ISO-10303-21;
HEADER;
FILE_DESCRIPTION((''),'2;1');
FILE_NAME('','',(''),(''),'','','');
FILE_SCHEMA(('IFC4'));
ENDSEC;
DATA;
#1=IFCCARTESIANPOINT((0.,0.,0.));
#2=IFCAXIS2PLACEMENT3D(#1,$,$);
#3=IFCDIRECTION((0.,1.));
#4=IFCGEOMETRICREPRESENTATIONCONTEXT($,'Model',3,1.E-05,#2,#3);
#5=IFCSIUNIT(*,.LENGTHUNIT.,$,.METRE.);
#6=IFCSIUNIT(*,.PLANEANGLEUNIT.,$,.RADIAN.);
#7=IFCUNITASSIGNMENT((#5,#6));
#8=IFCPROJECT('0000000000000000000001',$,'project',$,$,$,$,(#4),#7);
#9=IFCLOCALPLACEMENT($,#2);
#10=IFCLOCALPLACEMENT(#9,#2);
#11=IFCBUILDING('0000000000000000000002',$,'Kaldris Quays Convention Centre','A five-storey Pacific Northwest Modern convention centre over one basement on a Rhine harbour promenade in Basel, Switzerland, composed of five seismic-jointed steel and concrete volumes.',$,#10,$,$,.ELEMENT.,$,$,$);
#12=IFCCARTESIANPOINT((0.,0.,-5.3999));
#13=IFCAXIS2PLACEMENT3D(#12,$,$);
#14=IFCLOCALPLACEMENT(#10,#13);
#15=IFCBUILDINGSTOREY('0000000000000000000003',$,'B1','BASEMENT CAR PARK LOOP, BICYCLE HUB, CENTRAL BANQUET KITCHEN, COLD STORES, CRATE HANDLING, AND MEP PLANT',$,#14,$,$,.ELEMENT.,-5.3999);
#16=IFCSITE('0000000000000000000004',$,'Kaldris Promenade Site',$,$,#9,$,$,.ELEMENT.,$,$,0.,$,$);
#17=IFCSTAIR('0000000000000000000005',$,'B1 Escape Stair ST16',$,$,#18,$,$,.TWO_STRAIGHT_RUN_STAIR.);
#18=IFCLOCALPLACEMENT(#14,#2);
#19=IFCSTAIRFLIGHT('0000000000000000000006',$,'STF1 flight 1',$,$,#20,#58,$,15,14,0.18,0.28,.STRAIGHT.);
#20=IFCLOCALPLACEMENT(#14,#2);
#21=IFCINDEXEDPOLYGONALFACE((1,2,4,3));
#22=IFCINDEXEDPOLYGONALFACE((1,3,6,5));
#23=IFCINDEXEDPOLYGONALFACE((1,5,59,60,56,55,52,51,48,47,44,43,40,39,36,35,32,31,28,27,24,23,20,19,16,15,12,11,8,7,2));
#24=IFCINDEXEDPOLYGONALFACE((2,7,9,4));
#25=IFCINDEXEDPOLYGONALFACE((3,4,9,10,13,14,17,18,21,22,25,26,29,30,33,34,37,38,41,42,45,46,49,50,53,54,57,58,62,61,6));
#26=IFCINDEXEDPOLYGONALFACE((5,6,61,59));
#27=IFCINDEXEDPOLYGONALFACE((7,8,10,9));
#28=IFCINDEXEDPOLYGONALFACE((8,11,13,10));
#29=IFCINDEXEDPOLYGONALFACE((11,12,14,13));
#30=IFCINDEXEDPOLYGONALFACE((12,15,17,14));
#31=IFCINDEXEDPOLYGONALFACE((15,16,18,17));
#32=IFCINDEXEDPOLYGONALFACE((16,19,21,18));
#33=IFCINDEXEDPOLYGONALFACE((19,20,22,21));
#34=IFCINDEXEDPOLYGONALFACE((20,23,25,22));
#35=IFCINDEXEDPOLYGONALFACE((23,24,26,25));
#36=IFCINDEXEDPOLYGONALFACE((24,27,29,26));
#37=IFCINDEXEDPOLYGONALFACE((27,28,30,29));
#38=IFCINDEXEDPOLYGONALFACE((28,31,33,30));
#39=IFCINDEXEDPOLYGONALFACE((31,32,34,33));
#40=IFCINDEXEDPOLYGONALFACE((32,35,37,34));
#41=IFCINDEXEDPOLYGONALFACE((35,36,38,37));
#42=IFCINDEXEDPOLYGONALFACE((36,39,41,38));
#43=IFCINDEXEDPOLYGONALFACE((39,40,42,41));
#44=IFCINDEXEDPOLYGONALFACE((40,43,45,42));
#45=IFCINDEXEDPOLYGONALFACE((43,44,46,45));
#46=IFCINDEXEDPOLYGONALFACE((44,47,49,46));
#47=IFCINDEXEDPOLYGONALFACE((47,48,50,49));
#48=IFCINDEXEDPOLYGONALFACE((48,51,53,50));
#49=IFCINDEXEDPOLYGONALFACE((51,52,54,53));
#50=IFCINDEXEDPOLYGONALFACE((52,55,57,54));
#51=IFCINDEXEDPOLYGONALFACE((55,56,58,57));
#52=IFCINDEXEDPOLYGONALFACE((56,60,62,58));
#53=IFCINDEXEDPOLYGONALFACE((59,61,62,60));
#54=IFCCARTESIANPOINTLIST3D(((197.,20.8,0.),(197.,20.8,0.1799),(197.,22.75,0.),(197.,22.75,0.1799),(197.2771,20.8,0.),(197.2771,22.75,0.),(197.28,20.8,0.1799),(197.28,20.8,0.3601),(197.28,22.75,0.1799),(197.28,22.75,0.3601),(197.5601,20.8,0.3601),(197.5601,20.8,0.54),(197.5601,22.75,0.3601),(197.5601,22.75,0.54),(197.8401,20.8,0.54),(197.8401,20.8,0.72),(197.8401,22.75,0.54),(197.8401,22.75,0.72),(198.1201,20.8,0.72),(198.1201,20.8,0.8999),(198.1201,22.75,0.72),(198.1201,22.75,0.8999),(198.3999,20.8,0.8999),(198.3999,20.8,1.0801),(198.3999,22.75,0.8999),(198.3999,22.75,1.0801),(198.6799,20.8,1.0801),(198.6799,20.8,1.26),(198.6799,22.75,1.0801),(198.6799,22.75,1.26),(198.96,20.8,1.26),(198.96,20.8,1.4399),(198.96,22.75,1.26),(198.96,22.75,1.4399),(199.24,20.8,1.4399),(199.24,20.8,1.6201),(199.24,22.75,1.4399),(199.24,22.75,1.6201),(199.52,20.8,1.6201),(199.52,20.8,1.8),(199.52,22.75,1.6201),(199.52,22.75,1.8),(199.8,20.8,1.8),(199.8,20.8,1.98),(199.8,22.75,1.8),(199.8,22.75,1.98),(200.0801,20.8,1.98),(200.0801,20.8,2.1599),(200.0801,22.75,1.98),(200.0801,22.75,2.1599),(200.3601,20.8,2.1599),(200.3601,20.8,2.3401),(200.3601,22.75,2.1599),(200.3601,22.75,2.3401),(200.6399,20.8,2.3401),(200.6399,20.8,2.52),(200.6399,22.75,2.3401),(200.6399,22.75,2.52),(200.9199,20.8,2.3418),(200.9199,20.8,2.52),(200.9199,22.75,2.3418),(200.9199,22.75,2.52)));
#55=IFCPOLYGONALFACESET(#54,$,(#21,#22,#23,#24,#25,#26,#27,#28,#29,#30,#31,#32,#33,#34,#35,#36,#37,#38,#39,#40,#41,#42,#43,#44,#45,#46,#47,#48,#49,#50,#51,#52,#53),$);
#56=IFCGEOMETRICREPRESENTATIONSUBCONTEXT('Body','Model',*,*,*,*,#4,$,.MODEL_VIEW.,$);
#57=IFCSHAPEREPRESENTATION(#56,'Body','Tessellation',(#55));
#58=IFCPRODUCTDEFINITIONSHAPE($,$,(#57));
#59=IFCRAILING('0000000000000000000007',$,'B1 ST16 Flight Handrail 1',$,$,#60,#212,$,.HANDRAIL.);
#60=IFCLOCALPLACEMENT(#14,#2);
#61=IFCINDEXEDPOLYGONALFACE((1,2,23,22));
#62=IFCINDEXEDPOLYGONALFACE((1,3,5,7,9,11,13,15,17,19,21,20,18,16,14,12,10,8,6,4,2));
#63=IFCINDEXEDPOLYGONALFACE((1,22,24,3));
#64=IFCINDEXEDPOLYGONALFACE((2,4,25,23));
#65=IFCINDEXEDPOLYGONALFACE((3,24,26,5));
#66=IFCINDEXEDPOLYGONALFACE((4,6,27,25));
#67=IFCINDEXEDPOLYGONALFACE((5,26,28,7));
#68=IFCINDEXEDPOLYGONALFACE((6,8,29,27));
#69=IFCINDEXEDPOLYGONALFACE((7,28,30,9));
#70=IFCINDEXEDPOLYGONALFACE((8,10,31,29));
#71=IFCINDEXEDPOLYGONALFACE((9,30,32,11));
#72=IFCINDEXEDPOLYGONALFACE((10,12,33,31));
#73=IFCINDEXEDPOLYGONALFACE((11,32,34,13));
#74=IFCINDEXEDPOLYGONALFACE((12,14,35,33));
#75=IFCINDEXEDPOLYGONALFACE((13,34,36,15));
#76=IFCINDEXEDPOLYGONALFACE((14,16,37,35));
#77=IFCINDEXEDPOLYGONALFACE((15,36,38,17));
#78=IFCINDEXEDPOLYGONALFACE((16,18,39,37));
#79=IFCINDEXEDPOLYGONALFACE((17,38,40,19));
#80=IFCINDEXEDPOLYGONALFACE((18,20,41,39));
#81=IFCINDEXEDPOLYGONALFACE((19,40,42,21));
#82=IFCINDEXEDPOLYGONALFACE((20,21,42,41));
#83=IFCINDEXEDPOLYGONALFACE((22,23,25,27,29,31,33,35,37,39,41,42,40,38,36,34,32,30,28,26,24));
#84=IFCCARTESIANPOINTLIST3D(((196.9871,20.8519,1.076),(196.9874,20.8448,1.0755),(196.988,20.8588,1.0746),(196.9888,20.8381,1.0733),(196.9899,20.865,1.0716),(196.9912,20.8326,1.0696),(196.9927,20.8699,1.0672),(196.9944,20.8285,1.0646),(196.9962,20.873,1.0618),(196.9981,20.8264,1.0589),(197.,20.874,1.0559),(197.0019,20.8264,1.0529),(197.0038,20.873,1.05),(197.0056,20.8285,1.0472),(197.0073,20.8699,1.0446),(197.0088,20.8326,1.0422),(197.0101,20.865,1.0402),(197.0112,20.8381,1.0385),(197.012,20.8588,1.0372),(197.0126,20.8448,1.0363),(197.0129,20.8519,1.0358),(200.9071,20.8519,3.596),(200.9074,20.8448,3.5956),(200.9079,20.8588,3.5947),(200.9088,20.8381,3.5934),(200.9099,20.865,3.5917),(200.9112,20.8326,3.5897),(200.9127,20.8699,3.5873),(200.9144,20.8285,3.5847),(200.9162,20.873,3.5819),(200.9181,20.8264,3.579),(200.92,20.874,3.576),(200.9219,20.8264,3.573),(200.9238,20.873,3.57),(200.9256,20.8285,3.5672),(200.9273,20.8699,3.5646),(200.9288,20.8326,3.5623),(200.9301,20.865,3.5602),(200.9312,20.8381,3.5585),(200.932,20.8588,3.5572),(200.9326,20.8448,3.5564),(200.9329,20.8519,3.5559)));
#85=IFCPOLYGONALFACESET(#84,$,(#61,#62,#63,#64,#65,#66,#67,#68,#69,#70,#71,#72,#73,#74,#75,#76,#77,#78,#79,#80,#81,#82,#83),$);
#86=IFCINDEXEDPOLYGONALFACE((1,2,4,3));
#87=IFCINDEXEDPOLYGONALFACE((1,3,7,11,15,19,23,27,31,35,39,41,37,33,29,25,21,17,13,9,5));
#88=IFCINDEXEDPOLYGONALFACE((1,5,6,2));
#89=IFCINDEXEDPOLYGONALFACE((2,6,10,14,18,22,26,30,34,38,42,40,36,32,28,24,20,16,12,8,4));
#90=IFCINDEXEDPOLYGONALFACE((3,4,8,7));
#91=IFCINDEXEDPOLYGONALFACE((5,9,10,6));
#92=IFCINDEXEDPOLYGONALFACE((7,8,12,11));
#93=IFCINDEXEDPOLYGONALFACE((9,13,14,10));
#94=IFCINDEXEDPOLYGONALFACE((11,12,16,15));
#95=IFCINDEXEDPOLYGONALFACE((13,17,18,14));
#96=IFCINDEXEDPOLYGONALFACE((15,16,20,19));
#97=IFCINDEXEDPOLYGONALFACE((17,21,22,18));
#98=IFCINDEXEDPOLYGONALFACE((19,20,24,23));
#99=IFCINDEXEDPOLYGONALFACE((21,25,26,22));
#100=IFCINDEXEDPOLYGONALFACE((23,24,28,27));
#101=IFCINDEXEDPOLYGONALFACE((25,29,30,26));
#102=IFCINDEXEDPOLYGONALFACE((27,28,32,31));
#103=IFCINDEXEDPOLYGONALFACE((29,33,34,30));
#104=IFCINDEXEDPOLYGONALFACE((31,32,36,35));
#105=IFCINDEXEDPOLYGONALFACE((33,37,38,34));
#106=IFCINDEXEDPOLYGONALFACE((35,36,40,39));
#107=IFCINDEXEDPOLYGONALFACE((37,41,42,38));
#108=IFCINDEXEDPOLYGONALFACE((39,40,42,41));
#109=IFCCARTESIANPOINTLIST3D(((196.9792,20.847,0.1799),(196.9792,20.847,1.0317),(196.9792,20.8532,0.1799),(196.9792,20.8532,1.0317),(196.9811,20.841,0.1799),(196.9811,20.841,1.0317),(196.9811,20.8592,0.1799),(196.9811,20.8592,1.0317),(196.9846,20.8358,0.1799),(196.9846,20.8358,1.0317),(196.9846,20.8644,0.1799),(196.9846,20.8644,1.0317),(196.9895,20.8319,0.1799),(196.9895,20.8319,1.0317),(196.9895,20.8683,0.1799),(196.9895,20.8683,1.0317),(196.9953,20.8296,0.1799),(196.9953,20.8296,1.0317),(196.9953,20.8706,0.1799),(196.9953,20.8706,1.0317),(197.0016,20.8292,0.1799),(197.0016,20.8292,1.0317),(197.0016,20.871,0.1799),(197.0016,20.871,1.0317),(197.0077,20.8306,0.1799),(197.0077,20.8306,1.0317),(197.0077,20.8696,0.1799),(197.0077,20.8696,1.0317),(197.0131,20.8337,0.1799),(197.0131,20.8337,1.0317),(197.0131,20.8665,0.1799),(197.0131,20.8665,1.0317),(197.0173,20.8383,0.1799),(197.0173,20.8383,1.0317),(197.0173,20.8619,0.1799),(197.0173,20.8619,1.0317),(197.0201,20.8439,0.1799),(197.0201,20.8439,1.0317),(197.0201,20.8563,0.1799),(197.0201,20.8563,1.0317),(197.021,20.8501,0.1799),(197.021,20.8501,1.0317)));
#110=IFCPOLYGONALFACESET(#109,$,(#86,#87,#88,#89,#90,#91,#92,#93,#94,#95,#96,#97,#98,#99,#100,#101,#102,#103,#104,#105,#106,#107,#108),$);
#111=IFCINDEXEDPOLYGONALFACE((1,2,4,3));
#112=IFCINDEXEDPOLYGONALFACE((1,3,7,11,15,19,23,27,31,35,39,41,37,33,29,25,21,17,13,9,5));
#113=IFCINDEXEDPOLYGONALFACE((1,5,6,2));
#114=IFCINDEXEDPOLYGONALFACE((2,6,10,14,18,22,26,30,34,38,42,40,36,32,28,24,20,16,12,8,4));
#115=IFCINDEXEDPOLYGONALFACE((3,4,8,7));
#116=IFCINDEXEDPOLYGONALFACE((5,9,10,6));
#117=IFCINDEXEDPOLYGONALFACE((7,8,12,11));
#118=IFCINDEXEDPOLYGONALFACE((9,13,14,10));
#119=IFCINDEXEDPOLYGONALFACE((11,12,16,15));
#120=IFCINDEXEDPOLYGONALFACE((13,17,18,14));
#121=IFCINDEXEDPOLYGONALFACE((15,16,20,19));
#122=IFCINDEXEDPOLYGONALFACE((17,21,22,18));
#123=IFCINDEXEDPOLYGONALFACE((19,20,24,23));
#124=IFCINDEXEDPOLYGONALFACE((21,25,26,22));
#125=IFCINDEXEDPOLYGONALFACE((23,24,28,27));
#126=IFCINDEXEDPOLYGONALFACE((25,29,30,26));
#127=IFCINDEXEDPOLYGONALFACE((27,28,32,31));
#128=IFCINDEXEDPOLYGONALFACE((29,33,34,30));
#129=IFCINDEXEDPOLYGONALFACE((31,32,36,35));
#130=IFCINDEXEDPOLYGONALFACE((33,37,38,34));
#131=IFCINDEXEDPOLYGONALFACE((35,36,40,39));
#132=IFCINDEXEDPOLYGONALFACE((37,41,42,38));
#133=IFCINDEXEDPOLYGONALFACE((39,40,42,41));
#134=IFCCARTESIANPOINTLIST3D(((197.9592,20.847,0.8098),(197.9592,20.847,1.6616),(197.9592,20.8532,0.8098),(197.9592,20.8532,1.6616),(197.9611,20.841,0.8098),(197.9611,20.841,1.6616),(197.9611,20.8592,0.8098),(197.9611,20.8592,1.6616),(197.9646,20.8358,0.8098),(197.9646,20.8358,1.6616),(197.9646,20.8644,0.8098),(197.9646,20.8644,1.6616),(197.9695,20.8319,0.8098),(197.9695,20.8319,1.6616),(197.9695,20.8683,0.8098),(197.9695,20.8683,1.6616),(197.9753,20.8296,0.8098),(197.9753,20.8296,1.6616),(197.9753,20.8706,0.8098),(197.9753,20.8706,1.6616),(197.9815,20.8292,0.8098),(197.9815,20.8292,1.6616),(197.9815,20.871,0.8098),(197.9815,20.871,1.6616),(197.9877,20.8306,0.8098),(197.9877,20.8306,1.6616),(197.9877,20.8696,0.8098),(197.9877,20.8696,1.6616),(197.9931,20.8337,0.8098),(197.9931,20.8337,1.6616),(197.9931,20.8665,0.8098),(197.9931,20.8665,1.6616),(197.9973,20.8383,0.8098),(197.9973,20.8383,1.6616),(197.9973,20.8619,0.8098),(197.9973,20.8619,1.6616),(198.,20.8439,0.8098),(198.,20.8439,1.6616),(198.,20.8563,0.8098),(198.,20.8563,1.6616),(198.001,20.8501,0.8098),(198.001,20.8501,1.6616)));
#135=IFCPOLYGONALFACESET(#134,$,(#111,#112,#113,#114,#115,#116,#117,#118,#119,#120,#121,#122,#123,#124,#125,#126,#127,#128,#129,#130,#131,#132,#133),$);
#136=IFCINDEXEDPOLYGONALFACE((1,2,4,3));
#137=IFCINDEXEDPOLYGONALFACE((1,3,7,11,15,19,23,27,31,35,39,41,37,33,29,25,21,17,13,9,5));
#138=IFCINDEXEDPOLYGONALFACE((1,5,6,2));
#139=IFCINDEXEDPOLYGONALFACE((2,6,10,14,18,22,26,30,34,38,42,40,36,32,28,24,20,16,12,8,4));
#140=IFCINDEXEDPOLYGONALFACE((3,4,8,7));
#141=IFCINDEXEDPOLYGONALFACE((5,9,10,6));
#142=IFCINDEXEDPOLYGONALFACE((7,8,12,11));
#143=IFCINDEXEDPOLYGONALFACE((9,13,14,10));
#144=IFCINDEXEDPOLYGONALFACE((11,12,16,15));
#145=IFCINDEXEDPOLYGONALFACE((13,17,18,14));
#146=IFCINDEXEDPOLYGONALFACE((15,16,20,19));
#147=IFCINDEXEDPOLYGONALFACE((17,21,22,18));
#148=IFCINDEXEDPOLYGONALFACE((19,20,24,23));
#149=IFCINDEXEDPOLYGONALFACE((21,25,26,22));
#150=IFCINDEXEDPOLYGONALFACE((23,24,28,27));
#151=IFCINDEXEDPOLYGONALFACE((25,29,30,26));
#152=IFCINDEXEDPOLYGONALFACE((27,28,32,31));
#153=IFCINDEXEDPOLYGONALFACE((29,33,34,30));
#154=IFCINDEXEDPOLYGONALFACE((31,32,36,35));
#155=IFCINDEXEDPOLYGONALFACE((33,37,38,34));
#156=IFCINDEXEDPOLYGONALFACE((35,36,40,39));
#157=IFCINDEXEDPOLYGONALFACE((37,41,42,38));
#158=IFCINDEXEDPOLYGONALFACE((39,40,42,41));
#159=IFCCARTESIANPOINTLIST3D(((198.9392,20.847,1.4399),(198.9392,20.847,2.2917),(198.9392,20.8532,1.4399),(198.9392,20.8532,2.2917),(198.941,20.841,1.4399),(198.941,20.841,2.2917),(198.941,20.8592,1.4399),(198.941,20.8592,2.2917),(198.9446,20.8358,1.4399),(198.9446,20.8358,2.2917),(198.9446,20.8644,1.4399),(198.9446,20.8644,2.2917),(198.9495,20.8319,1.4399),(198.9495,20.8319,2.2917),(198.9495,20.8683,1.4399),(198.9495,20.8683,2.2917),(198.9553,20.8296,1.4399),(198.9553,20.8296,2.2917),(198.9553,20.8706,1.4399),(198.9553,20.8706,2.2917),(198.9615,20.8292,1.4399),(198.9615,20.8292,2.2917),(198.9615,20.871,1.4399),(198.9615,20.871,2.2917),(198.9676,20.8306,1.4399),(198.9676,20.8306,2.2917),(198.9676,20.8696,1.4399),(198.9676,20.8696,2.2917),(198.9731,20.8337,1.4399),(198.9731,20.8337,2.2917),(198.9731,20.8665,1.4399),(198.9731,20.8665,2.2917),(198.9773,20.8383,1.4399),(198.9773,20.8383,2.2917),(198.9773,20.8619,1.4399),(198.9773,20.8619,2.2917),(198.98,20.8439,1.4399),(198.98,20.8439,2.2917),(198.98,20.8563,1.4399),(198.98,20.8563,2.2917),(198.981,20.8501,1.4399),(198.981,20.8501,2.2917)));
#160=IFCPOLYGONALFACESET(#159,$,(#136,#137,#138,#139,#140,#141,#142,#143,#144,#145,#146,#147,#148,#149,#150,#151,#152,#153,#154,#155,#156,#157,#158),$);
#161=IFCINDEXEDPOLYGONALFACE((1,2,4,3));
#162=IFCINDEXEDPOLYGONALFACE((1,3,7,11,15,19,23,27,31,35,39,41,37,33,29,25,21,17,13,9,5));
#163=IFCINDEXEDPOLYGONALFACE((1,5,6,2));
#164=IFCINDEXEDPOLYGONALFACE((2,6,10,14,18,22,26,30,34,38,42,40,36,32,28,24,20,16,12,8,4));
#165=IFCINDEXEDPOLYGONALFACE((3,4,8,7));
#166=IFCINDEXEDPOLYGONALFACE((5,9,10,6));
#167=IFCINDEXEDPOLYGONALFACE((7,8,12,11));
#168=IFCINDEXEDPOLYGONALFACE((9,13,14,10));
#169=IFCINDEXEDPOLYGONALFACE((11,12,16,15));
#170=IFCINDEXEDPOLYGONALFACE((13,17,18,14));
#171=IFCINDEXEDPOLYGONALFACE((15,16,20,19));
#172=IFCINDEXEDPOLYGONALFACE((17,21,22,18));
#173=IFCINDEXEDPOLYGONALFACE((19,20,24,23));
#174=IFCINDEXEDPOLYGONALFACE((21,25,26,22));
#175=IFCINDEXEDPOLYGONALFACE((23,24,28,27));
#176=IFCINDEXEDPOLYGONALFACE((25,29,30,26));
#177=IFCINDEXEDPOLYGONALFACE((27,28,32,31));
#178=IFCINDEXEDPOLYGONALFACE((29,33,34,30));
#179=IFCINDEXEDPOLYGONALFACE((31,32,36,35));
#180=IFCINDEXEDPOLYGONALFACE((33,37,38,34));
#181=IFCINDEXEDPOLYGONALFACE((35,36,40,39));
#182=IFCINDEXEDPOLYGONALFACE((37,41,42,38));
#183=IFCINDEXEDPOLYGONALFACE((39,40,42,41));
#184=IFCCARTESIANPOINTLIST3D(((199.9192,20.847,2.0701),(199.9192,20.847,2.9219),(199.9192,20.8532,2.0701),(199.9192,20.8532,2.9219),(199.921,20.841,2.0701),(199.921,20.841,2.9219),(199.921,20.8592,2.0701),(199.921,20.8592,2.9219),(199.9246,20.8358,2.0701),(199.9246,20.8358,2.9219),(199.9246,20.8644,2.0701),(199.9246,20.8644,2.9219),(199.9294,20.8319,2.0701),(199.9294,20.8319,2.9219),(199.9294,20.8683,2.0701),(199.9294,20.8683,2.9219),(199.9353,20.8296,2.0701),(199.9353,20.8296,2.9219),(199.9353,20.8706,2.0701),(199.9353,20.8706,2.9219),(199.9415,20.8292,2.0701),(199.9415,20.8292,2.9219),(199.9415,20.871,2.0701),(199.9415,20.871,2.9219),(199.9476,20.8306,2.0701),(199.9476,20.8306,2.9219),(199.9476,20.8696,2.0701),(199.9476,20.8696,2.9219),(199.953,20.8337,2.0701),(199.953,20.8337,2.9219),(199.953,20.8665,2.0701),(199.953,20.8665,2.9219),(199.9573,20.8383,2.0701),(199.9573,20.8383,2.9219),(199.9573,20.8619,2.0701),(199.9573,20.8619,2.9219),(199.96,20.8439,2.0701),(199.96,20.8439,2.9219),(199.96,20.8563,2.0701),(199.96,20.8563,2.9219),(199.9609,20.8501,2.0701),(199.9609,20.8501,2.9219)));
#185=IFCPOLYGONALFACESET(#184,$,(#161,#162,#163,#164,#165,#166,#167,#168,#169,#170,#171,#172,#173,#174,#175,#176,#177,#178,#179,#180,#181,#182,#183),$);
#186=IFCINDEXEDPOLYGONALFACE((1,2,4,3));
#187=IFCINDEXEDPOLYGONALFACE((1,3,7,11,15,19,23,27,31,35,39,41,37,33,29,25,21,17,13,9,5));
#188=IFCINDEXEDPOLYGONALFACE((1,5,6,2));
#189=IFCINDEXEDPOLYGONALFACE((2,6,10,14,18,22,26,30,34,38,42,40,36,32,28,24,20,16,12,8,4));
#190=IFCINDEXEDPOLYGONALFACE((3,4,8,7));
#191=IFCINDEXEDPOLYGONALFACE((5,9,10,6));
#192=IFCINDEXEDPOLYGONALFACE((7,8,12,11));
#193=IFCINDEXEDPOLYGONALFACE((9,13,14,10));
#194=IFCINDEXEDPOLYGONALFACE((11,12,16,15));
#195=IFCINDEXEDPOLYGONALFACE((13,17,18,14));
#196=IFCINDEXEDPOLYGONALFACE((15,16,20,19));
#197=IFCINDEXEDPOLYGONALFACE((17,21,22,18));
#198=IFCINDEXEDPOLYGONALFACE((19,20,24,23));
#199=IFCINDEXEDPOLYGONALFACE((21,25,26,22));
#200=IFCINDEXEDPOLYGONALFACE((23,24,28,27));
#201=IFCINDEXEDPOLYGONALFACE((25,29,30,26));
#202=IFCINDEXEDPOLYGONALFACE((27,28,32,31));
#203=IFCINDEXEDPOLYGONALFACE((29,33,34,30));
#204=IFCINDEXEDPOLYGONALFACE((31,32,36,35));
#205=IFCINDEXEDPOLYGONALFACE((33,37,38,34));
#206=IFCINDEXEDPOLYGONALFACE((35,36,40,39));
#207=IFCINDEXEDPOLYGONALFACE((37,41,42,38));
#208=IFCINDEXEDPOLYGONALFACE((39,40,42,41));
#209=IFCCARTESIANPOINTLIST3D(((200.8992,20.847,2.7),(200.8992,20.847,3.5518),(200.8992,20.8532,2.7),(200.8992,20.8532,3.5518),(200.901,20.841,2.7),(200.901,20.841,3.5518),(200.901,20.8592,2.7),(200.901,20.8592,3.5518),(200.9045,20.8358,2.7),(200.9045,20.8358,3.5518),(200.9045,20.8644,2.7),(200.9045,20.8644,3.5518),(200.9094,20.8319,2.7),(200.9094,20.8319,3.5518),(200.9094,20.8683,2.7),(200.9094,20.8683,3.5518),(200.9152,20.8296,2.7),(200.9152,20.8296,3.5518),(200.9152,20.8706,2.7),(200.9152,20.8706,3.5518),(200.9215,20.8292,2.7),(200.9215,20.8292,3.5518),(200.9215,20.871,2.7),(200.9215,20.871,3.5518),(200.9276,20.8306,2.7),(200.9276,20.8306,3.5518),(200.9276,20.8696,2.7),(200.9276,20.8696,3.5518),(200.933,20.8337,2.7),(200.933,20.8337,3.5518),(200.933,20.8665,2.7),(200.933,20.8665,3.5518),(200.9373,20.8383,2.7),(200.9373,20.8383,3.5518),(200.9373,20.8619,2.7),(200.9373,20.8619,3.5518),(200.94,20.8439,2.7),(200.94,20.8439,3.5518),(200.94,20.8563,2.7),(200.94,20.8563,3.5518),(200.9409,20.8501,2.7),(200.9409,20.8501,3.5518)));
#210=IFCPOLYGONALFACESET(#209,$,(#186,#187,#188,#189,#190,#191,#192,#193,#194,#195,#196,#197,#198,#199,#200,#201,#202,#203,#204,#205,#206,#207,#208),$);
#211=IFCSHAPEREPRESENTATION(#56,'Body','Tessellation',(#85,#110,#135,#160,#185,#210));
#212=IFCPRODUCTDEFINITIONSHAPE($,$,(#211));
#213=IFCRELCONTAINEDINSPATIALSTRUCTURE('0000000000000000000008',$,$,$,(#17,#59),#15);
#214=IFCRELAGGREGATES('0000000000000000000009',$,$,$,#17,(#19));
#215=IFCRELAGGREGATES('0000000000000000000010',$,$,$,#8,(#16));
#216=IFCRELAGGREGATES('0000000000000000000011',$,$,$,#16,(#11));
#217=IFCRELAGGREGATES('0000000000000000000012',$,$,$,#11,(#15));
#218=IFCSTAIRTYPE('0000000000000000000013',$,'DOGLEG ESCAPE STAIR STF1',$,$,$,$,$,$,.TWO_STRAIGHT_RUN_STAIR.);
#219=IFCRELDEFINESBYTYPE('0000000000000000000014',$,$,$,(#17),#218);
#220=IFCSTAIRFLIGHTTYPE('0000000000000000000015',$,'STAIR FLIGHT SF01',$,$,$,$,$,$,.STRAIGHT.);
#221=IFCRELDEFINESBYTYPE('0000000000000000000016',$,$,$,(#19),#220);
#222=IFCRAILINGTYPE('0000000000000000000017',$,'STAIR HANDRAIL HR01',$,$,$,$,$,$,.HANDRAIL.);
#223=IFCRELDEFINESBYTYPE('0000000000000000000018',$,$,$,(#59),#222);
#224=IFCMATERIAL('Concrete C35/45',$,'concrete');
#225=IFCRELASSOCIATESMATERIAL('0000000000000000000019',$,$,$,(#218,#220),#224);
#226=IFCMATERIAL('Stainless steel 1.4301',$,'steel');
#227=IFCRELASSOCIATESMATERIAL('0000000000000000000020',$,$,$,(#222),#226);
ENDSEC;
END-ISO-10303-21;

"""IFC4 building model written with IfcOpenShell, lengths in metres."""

from ifc_helpers import new_model, si_unit, direction, frame, origin, origin_2d, place, context, subcontext, project, spatial, polyline, circle, outline, extrude, material, type_object, element, aggregate, save


model = new_model("IFC4")

# Units and contexts
model_context = context("Model", 3, precision=1e-05, world=origin(), true_north=direction((0.0, 1.0)))
body_context = subcontext(model_context, "Body", "Model", "MODEL_VIEW")
ifc_project = project(units=[si_unit("LENGTHUNIT", "METRE"), si_unit("PLANEANGLEUNIT", "RADIAN")], contexts=[model_context])

# Site, building, storey
site_placement = place(None, origin())
site = spatial("IfcSite", under=ifc_project, at=site_placement, Name="Kaldris Promenade Site", CompositionType="ELEMENT", RefElevation=0.0)
building_placement = place(site_placement, origin())
building = spatial("IfcBuilding", under=site, at=building_placement, Name="Kaldris Quays Convention Centre", Description="A five-storey Pacific Northwest Modern convention centre over one basement on a Rhine harbour promenade in Basel, Switzerland, composed of five seismic-jointed steel and concrete volumes.", CompositionType="ELEMENT")
storey_placement = place(building_placement, frame((0.0, 0.0, -5.3999)))
storey = spatial("IfcBuildingStorey", under=building, at=storey_placement, Name="B1", Description="BASEMENT CAR PARK LOOP, BICYCLE HUB, CENTRAL BANQUET KITCHEN, COLD STORES, CRATE HANDLING, AND MEP PLANT", CompositionType="ELEMENT", Elevation=-5.3999)

# Shared definitions
ifc_material_1 = material(Name="Concrete C35/45", Category="concrete")

# Stair, stair flight
stair_type = type_object("IfcStairType", Name="DOGLEG ESCAPE STAIR STF1", PredefinedType="TWO_STRAIGHT_RUN_STAIR", material=ifc_material_1)
stair_placement = place(storey_placement, origin())
stair = element("IfcStair", 1, at=stair_placement, inside=storey, type_object=stair_type, Name="B1 Escape Stair ST16", PredefinedType="TWO_STRAIGHT_RUN_STAIR")
stair_flight_type = type_object("IfcStairFlightType", Name="STAIR FLIGHT SF01", PredefinedType="STRAIGHT", material=ifc_material_1)
stair_flight_placement = place(storey_placement, frame((197.0, 21.7749, 0.0), z_axis=(0.0, 0.0, 1.0), x_axis=(1.0, 0.0, 0.0)))
stair_flight = element("IfcStairFlight", 2, at=stair_flight_placement, type_object=stair_flight_type, Name="STF1 flight 1", NumberOfRisers=15, NumberOfTreads=14, PredefinedType="STRAIGHT", RiserHeight=0.18, TreadLength=0.28, context=body_context, shape_type="SweptSolid", body=[
    extrude(outline(polyline([(0.0, 0.0), (0.0, 0.1799), (0.28, 0.1799), (0.28, 0.3601), (0.5601, 0.3601), (0.5601, 0.54), (0.8401, 0.54), (0.8401, 0.72), (1.1201, 0.72), (1.1201, 0.8999), (1.3999, 0.8999), (1.3999, 1.0801), (1.6799, 1.0801), (1.6799, 1.26), (1.96, 1.26), (1.96, 1.4399), (2.24, 1.4399), (2.24, 1.6201), (2.52, 1.6201), (2.52, 1.8), (2.8, 1.8), (2.8, 1.98), (3.0801, 1.98), (3.0801, 2.1599), (3.3601, 2.1599), (3.3601, 2.3401), (3.6399, 2.3401), (3.6399, 2.52), (3.9199, 2.52), (3.9199, 2.7), (3.9199, 2.3418), (0.2771, 0.0), (0.0, 0.0)])), frame((0.0, 0.9751, 0.0), z_axis=(0.0, -1.0, 0.0), x_axis=(1.0, 0.0, 0.0)), (0.0, 0.0, 1.0), 1.95),
])
aggregate(stair, [stair_flight])

# Railing
ifc_material_2 = material(Name="Stainless steel 1.4301", Category="steel")
railing_type = type_object("IfcRailingType", Name="STAIR HANDRAIL HR01", PredefinedType="HANDRAIL", material=ifc_material_2)
railing_placement = place(storey_placement, frame((197.0, 20.8501, 0.1799)))
element("IfcRailing", 3, at=railing_placement, inside=storey, type_object=railing_type, Name="B1 ST16 Flight Handrail 1", PredefinedType="HANDRAIL", context=body_context, shape_type="SweptSolid", body=[
    extrude(circle(Radius=0.0239, at=origin_2d()), frame((0.0, 0.0, 0.876), z_axis=(0.841172, 0.0, 0.540768), x_axis=(0.0, 1.0, 0.0)), (0.0, 0.0, 1.0), 4.6602),
    extrude(circle(Radius=0.021, at=origin_2d()), origin(), (0.0, 0.0, 1.0), 0.8518),
    extrude(circle(Radius=0.021, at=origin_2d()), frame((0.98, 0.0, 0.6299)), (0.0, 0.0, 1.0), 0.8518),
    extrude(circle(Radius=0.021, at=origin_2d()), frame((1.96, 0.0, 1.26)), (0.0, 0.0, 1.0), 0.8518),
    extrude(circle(Radius=0.021, at=origin_2d()), frame((2.9399, 0.0, 1.8901)), (0.0, 0.0, 1.0), 0.8518),
    extrude(circle(Radius=0.021, at=origin_2d()), frame((3.9199, 0.0, 2.52)), (0.0, 0.0, 1.0), 0.8518),
])

save(model, "model.ifc")
